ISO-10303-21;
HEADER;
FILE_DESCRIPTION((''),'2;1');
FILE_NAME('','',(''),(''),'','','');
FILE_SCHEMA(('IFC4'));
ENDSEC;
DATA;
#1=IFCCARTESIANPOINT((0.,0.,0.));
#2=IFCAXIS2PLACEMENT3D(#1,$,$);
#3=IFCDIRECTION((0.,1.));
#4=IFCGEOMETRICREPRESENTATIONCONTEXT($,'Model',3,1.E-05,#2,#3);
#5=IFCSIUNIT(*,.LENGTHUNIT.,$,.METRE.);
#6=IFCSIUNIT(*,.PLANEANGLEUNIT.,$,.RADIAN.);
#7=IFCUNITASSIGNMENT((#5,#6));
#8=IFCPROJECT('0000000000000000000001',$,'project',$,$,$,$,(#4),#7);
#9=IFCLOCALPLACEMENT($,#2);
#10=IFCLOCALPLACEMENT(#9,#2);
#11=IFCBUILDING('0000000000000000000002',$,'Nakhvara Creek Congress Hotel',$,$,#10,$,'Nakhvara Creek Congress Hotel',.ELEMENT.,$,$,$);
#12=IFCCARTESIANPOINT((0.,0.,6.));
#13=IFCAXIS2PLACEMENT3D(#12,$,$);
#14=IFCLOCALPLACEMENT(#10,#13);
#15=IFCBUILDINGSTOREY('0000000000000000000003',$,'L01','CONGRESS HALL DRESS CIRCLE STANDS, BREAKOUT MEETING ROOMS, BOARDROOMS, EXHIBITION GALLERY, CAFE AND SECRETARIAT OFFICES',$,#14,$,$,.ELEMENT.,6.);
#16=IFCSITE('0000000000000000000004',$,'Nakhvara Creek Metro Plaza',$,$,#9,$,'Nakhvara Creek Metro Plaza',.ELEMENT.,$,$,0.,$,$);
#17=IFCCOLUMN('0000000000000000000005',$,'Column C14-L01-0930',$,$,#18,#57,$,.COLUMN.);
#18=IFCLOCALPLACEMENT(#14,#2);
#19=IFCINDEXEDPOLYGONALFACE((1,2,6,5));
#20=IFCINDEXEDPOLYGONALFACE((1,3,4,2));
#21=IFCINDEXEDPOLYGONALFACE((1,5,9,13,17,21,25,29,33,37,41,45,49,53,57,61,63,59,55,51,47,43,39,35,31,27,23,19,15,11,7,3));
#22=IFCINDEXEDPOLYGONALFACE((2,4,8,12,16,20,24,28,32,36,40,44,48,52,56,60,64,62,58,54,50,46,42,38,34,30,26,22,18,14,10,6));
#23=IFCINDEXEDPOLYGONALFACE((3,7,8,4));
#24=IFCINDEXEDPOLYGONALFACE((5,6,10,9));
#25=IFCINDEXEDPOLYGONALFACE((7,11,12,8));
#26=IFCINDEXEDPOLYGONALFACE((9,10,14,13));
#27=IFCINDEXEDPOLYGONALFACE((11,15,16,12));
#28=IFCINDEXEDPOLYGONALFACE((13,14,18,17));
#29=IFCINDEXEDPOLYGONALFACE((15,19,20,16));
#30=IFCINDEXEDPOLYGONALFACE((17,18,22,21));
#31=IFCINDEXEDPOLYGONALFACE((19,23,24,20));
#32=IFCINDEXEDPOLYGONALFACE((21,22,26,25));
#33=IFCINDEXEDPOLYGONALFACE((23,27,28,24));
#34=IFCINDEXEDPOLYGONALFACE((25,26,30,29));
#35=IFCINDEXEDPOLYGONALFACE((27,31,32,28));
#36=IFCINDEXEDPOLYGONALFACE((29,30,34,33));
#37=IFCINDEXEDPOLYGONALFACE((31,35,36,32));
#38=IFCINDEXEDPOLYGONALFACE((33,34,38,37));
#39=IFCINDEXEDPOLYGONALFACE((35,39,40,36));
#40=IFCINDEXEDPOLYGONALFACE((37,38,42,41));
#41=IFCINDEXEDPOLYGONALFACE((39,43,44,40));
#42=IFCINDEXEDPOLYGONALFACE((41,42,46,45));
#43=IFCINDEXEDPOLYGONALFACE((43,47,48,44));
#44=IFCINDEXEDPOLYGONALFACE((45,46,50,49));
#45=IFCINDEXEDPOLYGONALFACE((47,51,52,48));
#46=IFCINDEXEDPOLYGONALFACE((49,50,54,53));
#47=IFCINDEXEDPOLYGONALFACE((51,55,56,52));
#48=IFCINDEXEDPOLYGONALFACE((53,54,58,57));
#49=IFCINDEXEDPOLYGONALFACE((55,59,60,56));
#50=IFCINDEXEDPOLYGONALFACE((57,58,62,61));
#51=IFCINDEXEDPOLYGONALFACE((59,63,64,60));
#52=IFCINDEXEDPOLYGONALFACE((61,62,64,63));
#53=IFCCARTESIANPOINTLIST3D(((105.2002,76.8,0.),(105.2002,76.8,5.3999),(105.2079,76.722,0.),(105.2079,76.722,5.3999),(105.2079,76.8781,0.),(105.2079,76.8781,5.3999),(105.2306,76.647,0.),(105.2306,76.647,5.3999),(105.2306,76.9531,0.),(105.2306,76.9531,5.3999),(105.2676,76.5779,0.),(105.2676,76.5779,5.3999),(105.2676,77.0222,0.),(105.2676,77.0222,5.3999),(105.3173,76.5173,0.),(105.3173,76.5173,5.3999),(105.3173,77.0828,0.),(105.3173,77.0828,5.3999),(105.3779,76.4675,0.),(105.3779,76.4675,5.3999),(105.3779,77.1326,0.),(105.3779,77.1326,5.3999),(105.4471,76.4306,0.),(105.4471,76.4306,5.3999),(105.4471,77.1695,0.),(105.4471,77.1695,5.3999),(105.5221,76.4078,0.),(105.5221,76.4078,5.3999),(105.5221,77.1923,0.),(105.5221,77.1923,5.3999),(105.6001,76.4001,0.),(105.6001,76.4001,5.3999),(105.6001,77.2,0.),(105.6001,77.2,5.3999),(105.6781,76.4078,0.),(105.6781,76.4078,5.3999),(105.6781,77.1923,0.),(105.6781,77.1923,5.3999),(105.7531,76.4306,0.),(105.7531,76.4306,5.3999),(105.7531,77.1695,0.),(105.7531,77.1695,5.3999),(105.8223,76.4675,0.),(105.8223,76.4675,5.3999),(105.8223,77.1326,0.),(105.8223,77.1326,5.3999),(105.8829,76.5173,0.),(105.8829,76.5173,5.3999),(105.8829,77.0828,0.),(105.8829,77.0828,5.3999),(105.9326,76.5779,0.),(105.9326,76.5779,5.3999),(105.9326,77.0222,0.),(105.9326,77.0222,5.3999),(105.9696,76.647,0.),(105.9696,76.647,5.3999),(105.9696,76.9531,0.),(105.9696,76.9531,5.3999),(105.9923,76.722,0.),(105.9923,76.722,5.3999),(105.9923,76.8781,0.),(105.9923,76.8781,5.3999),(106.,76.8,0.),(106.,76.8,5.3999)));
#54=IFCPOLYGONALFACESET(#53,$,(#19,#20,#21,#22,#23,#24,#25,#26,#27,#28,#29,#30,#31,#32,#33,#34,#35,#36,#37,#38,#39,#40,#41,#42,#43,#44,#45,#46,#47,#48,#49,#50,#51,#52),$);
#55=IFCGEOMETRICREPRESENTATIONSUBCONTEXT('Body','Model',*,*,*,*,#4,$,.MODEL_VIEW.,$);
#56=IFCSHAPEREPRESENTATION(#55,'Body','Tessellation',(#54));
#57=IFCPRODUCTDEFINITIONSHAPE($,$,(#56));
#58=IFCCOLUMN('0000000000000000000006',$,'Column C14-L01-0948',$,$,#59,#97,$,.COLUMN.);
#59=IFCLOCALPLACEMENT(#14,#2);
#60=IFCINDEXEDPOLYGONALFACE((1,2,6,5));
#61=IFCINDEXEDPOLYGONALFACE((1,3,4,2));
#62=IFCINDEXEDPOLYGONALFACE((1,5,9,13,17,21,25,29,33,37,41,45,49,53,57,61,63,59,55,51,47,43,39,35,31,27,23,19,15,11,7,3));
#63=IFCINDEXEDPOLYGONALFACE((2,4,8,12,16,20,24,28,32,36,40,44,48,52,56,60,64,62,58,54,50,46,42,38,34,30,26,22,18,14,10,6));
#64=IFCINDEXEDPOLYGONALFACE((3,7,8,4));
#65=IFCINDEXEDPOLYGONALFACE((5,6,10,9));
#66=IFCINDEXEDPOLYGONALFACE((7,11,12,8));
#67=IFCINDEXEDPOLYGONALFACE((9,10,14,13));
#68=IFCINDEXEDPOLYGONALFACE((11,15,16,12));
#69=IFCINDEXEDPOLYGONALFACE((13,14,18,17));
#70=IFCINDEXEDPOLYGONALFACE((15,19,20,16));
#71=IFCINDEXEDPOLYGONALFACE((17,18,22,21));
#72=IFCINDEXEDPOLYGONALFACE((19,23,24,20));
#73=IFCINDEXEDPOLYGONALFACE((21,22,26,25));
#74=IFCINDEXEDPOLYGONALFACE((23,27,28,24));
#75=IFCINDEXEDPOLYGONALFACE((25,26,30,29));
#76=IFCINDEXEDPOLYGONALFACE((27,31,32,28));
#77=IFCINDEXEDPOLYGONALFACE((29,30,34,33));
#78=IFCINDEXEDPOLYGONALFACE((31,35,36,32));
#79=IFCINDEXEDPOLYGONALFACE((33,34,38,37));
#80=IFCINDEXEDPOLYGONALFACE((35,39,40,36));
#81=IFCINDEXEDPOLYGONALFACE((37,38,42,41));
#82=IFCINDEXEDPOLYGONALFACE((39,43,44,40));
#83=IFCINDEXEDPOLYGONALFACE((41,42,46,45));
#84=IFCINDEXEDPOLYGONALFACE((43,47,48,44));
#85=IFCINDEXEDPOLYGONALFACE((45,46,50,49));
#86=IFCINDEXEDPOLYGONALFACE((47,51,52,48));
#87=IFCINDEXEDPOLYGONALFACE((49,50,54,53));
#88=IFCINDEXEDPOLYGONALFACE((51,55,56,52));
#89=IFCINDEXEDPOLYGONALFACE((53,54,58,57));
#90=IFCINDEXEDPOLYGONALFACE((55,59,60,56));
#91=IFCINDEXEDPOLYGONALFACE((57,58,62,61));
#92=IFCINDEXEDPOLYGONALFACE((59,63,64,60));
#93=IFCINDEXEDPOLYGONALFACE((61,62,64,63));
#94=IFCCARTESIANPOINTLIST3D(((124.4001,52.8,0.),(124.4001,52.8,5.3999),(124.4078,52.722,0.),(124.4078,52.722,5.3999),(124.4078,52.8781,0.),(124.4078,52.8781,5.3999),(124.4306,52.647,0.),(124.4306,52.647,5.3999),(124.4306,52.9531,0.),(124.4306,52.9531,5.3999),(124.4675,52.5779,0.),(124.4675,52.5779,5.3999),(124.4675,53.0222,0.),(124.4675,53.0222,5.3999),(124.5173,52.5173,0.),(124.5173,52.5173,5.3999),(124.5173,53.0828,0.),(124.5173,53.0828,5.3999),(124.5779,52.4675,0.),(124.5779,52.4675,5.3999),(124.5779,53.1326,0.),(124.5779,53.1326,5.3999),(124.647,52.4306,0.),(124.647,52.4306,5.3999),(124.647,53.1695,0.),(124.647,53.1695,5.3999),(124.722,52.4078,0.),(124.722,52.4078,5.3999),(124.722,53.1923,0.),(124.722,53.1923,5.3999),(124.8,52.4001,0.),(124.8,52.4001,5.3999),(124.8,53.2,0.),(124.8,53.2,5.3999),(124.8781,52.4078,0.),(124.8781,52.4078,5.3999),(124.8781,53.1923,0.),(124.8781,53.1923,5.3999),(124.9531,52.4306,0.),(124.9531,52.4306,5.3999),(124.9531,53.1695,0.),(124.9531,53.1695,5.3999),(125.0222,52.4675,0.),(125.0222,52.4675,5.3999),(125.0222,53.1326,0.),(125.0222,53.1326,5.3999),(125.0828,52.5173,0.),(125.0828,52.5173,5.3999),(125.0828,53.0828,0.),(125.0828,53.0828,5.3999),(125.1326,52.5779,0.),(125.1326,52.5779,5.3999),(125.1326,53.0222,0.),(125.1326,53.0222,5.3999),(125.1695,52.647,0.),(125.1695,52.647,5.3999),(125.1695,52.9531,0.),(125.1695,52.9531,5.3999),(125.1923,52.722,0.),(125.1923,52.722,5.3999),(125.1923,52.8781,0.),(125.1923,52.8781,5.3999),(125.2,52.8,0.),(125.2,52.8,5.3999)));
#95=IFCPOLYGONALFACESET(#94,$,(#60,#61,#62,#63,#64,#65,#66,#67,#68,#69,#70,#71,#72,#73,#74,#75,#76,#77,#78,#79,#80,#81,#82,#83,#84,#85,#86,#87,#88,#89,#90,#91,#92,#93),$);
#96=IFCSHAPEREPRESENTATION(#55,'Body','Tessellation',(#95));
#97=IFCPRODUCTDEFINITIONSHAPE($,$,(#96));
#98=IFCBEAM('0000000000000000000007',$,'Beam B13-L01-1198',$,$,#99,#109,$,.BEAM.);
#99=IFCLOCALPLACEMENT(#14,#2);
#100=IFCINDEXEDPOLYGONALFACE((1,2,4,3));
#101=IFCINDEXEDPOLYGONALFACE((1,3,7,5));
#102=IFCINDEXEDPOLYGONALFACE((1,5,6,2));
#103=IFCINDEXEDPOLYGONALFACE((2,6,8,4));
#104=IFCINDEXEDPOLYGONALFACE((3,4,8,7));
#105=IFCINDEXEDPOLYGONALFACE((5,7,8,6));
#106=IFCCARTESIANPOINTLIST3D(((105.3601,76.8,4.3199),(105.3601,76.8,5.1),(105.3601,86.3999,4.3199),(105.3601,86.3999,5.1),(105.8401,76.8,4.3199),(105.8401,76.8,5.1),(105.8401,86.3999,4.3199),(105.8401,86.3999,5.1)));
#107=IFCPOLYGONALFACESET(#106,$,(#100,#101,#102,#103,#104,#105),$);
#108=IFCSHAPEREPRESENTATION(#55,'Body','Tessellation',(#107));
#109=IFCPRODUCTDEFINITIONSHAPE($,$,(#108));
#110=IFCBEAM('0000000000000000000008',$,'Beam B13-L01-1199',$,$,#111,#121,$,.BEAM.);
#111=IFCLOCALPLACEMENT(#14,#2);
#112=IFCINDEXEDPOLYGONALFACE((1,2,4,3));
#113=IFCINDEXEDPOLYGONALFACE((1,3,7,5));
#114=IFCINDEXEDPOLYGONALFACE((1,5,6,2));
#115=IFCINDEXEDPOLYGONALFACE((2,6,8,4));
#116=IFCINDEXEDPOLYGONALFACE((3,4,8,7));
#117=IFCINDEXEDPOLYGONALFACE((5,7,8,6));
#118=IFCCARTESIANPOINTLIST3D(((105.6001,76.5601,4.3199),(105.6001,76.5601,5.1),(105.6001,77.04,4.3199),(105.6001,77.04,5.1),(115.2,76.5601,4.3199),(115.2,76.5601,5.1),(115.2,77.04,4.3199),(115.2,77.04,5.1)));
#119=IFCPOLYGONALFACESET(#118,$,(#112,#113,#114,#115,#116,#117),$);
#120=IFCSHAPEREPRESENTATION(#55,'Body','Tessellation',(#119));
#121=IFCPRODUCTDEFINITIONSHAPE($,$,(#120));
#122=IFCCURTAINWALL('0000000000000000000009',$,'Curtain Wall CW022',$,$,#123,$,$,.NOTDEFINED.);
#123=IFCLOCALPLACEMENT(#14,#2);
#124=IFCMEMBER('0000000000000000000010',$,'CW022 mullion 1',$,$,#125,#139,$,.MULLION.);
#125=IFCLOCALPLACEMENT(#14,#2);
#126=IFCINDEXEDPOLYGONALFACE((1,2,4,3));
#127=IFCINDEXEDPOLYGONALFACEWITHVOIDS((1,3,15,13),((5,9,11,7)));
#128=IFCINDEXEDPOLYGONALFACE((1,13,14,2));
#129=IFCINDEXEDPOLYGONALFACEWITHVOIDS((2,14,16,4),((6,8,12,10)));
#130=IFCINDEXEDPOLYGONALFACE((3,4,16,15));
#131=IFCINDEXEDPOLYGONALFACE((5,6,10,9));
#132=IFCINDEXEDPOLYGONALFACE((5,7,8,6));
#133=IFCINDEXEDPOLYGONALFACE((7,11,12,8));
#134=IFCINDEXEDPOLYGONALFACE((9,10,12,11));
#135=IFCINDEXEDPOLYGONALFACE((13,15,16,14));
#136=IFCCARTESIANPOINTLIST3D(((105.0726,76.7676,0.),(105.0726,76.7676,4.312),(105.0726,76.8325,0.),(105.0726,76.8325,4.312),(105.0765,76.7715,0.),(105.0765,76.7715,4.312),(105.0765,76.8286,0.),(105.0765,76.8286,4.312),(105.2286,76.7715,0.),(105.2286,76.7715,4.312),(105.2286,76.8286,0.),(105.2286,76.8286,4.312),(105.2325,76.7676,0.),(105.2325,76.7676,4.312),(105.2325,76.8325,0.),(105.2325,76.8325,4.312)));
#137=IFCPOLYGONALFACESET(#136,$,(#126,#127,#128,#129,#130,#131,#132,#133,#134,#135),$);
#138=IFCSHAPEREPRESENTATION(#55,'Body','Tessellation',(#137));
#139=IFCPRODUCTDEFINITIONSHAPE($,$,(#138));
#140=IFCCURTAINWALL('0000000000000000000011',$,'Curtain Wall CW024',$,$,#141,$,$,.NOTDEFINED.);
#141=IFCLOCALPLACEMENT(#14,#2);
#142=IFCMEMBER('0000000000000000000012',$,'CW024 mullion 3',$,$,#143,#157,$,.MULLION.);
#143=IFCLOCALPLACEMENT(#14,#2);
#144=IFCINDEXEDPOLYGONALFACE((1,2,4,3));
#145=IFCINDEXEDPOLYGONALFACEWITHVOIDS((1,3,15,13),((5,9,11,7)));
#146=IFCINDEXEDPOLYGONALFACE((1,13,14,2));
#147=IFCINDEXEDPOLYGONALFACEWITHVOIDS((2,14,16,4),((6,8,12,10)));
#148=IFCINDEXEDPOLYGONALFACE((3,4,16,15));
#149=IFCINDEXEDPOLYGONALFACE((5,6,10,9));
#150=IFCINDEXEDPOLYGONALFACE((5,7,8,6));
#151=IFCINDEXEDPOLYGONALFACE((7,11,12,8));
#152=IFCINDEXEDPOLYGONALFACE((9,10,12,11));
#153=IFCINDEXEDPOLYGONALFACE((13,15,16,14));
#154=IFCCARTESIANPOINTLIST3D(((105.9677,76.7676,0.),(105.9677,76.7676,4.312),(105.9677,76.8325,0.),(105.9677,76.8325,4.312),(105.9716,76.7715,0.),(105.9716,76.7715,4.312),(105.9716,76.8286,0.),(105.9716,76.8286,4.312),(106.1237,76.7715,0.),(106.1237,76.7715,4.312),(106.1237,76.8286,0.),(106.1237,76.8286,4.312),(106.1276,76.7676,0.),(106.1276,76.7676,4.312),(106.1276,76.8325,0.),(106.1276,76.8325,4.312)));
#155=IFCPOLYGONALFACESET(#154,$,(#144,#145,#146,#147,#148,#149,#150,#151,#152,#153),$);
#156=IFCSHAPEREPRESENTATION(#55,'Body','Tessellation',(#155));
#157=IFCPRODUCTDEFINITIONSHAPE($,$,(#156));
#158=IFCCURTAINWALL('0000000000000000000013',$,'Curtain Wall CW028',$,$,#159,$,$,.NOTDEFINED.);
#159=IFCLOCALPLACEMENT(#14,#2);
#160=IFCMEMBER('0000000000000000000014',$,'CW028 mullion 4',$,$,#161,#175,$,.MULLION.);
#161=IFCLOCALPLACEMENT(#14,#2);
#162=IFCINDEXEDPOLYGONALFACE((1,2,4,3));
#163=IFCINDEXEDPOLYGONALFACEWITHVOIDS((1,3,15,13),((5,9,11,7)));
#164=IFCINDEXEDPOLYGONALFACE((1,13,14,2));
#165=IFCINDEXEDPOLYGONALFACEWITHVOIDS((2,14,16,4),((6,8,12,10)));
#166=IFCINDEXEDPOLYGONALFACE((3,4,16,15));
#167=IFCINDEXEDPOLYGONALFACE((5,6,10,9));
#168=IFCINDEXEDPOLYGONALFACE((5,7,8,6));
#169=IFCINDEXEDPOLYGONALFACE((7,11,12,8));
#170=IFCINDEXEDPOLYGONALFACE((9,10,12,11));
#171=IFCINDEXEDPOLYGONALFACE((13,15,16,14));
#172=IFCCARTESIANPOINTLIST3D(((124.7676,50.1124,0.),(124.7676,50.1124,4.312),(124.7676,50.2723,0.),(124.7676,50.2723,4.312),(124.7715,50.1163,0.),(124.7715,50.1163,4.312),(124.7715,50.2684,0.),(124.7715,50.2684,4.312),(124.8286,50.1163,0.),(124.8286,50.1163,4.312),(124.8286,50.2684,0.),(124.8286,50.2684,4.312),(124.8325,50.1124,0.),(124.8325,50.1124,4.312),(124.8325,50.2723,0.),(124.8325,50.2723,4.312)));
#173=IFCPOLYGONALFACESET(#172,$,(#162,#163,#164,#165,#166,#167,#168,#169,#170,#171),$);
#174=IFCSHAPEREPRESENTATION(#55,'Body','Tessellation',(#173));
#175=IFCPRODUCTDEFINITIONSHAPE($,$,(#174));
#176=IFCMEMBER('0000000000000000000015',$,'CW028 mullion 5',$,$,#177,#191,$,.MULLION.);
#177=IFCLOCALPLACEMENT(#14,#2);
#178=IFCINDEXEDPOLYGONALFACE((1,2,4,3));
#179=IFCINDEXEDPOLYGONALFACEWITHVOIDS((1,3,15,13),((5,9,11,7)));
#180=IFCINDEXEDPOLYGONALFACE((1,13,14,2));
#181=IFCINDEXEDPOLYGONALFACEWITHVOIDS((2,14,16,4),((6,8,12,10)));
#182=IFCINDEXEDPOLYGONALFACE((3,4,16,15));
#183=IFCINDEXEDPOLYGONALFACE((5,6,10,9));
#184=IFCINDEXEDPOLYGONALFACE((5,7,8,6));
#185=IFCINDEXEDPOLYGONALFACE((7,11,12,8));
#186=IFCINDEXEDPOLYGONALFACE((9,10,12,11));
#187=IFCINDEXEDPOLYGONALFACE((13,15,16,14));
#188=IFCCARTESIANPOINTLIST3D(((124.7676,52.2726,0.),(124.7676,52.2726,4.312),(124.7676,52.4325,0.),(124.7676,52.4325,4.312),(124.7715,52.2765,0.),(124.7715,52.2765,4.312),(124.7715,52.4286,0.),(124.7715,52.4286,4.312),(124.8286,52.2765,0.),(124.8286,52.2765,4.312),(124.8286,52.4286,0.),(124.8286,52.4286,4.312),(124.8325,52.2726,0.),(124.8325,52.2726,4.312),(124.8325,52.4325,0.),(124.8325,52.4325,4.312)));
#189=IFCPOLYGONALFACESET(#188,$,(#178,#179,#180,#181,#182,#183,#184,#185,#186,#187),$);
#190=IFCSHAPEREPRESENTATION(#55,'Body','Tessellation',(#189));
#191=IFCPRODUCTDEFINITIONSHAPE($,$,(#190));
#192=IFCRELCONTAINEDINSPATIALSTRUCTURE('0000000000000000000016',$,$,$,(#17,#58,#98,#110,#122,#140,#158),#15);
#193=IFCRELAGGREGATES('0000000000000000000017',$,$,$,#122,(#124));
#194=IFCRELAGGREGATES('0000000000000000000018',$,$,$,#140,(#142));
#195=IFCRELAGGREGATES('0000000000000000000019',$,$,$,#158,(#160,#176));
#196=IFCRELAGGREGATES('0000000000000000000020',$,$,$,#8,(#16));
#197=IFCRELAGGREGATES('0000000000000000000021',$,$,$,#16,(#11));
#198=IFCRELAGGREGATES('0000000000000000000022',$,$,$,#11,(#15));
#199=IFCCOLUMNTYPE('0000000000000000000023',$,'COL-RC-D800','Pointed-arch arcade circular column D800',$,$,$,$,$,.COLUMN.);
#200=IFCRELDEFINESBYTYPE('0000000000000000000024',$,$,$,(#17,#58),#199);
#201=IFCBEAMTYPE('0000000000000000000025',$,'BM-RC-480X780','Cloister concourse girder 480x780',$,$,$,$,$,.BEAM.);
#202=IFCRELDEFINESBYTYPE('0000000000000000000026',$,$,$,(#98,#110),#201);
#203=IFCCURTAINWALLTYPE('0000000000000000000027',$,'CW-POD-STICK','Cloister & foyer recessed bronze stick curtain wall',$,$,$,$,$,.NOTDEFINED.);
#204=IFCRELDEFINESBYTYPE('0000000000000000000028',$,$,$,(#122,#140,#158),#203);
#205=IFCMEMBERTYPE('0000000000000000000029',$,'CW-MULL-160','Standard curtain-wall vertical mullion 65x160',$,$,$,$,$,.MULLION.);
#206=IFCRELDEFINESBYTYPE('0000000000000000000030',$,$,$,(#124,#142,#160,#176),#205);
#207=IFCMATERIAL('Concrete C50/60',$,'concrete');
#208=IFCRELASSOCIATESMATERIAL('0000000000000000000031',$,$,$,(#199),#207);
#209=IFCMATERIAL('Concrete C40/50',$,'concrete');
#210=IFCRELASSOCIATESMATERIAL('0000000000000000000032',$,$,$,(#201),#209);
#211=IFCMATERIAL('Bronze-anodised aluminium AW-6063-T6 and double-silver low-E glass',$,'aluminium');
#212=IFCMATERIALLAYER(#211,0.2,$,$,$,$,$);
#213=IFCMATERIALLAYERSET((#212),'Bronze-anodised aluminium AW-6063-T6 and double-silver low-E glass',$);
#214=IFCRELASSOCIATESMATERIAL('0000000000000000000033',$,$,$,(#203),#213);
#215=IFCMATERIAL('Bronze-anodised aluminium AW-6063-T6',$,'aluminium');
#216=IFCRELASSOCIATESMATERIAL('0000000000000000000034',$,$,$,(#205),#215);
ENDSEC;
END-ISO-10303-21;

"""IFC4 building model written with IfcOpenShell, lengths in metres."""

from ifc_helpers import new_model, si_unit, direction, frame, origin, origin_2d, place, context, subcontext, project, spatial, rectangle, hollow_rectangle, circle, extrude, material, layer, layer_set, material_profile, profile_set, type_object, element, aggregate, save


model = new_model("IFC4")

# Units and contexts
model_context = context("Model", 3, precision=1e-05, world=origin(), true_north=direction((0.0, 1.0)))
body_context = subcontext(model_context, "Body", "Model", "MODEL_VIEW")
ifc_project = project(units=[si_unit("LENGTHUNIT", "METRE"), si_unit("PLANEANGLEUNIT", "RADIAN")], contexts=[model_context])

# Site, building, storey
site_placement = place(None, origin())
site = spatial("IfcSite", under=ifc_project, at=site_placement, Name="Nakhvara Creek Metro Plaza", LongName="Nakhvara Creek Metro Plaza", CompositionType="ELEMENT", RefElevation=0.0)
building_placement = place(site_placement, origin())
building = spatial("IfcBuilding", under=site, at=building_placement, Name="Nakhvara Creek Congress Hotel", LongName="Nakhvara Creek Congress Hotel", CompositionType="ELEMENT")
storey_placement = place(building_placement, frame((0.0, 0.0, 6.0)))
storey = spatial("IfcBuildingStorey", under=building, at=storey_placement, Name="L01", Description="CONGRESS HALL DRESS CIRCLE STANDS, BREAKOUT MEETING ROOMS, BOARDROOMS, EXHIBITION GALLERY, CAFE AND SECRETARIAT OFFICES", CompositionType="ELEMENT", Elevation=6.0)

# Columns
ifc_material_1 = material(Name="Concrete C50/60", Category="concrete")
ifc_material_profile_1 = material_profile(ifc_material_1, circle(Radius=0.3999, at=origin_2d()), Name="RC-COL D800", Category="LoadBearing")
ifc_profile_set_1 = profile_set([ifc_material_profile_1], Name="Concrete C50/60")
column_type = type_object("IfcColumnType", Name="COL-RC-D800", Description="Pointed-arch arcade circular column D800", PredefinedType="COLUMN", material=ifc_profile_set_1)
for number, where, z_axis, x_axis, name in (
    (1, (105.6001, 76.8, 0.0), (0.0, 0.0, 1.0), (1.0, 0.0, 0.0), "Column C14-L01-0930"),
    (2, (124.8, 52.8, 0.0), (0.0, 0.0, 1.0), (1.0, 0.0, 0.0), "Column C14-L01-0948"),
):
    element("IfcColumn", number, at=place(storey_placement, frame(where, z_axis=z_axis, x_axis=x_axis)), inside=storey, type_object=column_type, Name=name, PredefinedType="COLUMN", context=body_context, shape_type="SweptSolid", body=[
        extrude(circle(Radius=0.3999, at=origin_2d()), origin(), (0.0, 0.0, 1.0), 5.3999),
    ])

# Beams
ifc_material_2 = material(Name="Concrete C40/50", Category="concrete")
ifc_material_profile_2 = material_profile(ifc_material_2, rectangle(XDim=0.48, YDim=0.78, at=origin_2d()), Name="RC-BM 480x780", Category="LoadBearing")
ifc_profile_set_2 = profile_set([ifc_material_profile_2], Name="Concrete C40/50")
beam_type = type_object("IfcBeamType", Name="BM-RC-480X780", Description="Cloister concourse girder 480x780", PredefinedType="BEAM", material=ifc_profile_set_2)
for number, where, z_axis, x_axis, name in (
    (3, (105.6001, 76.8, 4.71), (0.0, 1.0, 0.0), (-1.0, 0.0, 0.0), "Beam B13-L01-1198"),
    (4, (105.6001, 76.8, 4.71), (1.0, 0.0, 0.0), (0.0, 1.0, 0.0), "Beam B13-L01-1199"),
):
    element("IfcBeam", number, at=place(storey_placement, frame(where, z_axis=z_axis, x_axis=x_axis)), inside=storey, type_object=beam_type, Name=name, PredefinedType="BEAM", context=body_context, shape_type="SweptSolid", body=[
        extrude(rectangle(XDim=0.48, YDim=0.78, at=origin_2d()), origin(), (0.0, 0.0, 1.0), 9.5999),
    ])

# Curtain walls, members
ifc_material_3 = material(Name="Bronze-anodised aluminium AW-6063-T6 and double-silver low-E glass", Category="aluminium")
ifc_layer = layer(ifc_material_3, 0.2)
ifc_layer_set = layer_set([ifc_layer], Name="Bronze-anodised aluminium AW-6063-T6 and double-silver low-E glass")
curtain_wall_type = type_object("IfcCurtainWallType", Name="CW-POD-STICK", Description="Cloister & foyer recessed bronze stick curtain wall", PredefinedType="NOTDEFINED", material=ifc_layer_set)
curtain_wall_1_placement = place(storey_placement, origin())
curtain_wall_1 = element("IfcCurtainWall", 5, at=curtain_wall_1_placement, inside=storey, type_object=curtain_wall_type, Name="Curtain Wall CW022", PredefinedType="NOTDEFINED")
ifc_material_4 = material(Name="Bronze-anodised aluminium AW-6063-T6", Category="aluminium")
ifc_material_profile_3 = material_profile(ifc_material_4, hollow_rectangle(XDim=0.0649, YDim=0.1599, WallThickness=0.0039, at=origin_2d()), Name="ALU-MULL 65x160x4", Category="LoadBearing")
ifc_profile_set_3 = profile_set([ifc_material_profile_3], Name="Bronze-anodised aluminium AW-6063-T6")
member_type_1 = type_object("IfcMemberType", Name="CW-MULL-160", Description="Standard curtain-wall vertical mullion 65x160", PredefinedType="MULLION", material=ifc_profile_set_3)
member_1_placement = place(storey_placement, frame((105.1526, 76.8, 0.0), z_axis=(0.0, 0.0, 1.0), x_axis=(0.0, -1.0, 0.0)))
member_1 = element("IfcMember", 6, at=member_1_placement, type_object=member_type_1, Name="CW022 mullion 1", PredefinedType="MULLION", context=body_context, shape_type="SweptSolid", body=[
    extrude(hollow_rectangle(XDim=0.0649, YDim=0.1599, WallThickness=0.0039, at=origin_2d()), origin(), (0.0, 0.0, 1.0), 4.312),
])
curtain_wall_2_placement = place(storey_placement, origin())
curtain_wall_2 = element("IfcCurtainWall", 7, at=curtain_wall_2_placement, inside=storey, type_object=curtain_wall_type, Name="Curtain Wall CW024", PredefinedType="NOTDEFINED")
member_2_placement = place(storey_placement, frame((106.0476, 76.8, 0.0), z_axis=(0.0, 0.0, 1.0), x_axis=(0.0, -1.0, 0.0)))
member_2 = element("IfcMember", 8, at=member_2_placement, type_object=member_type_1, Name="CW024 mullion 3", PredefinedType="MULLION", context=body_context, shape_type="SweptSolid", body=[
    extrude(hollow_rectangle(XDim=0.0649, YDim=0.1599, WallThickness=0.0039, at=origin_2d()), origin(), (0.0, 0.0, 1.0), 4.312),
])

# Curtain wall, members
curtain_wall_3_placement = place(storey_placement, origin())
curtain_wall_3 = element("IfcCurtainWall", 9, at=curtain_wall_3_placement, inside=storey, type_object=curtain_wall_type, Name="Curtain Wall CW028", PredefinedType="NOTDEFINED")
member_3_placement = place(storey_placement, frame((124.8, 50.1924, 0.0), z_axis=(0.0, 0.0, 1.0), x_axis=(-1.0, 0.0, 0.0)))
member_3 = element("IfcMember", 10, at=member_3_placement, type_object=member_type_1, Name="CW028 mullion 4", PredefinedType="MULLION", context=body_context, shape_type="SweptSolid", body=[
    extrude(hollow_rectangle(XDim=0.0649, YDim=0.1599, WallThickness=0.0039, at=origin_2d()), origin(), (0.0, 0.0, 1.0), 4.312),
])
member_4_placement = place(storey_placement, frame((124.8, 52.3525, 0.0), z_axis=(0.0, 0.0, 1.0), x_axis=(-1.0, 0.0, 0.0)))
member_4 = element("IfcMember", 11, at=member_4_placement, type_object=member_type_1, Name="CW028 mullion 5", PredefinedType="MULLION", context=body_context, shape_type="SweptSolid", body=[
    extrude(hollow_rectangle(XDim=0.0649, YDim=0.1599, WallThickness=0.0039, at=origin_2d()), origin(), (0.0, 0.0, 1.0), 4.312),
])

aggregate(curtain_wall_1, [member_1])
aggregate(curtain_wall_2, [member_2])
aggregate(curtain_wall_3, [member_3, member_4])

save(model, "model.ifc")
